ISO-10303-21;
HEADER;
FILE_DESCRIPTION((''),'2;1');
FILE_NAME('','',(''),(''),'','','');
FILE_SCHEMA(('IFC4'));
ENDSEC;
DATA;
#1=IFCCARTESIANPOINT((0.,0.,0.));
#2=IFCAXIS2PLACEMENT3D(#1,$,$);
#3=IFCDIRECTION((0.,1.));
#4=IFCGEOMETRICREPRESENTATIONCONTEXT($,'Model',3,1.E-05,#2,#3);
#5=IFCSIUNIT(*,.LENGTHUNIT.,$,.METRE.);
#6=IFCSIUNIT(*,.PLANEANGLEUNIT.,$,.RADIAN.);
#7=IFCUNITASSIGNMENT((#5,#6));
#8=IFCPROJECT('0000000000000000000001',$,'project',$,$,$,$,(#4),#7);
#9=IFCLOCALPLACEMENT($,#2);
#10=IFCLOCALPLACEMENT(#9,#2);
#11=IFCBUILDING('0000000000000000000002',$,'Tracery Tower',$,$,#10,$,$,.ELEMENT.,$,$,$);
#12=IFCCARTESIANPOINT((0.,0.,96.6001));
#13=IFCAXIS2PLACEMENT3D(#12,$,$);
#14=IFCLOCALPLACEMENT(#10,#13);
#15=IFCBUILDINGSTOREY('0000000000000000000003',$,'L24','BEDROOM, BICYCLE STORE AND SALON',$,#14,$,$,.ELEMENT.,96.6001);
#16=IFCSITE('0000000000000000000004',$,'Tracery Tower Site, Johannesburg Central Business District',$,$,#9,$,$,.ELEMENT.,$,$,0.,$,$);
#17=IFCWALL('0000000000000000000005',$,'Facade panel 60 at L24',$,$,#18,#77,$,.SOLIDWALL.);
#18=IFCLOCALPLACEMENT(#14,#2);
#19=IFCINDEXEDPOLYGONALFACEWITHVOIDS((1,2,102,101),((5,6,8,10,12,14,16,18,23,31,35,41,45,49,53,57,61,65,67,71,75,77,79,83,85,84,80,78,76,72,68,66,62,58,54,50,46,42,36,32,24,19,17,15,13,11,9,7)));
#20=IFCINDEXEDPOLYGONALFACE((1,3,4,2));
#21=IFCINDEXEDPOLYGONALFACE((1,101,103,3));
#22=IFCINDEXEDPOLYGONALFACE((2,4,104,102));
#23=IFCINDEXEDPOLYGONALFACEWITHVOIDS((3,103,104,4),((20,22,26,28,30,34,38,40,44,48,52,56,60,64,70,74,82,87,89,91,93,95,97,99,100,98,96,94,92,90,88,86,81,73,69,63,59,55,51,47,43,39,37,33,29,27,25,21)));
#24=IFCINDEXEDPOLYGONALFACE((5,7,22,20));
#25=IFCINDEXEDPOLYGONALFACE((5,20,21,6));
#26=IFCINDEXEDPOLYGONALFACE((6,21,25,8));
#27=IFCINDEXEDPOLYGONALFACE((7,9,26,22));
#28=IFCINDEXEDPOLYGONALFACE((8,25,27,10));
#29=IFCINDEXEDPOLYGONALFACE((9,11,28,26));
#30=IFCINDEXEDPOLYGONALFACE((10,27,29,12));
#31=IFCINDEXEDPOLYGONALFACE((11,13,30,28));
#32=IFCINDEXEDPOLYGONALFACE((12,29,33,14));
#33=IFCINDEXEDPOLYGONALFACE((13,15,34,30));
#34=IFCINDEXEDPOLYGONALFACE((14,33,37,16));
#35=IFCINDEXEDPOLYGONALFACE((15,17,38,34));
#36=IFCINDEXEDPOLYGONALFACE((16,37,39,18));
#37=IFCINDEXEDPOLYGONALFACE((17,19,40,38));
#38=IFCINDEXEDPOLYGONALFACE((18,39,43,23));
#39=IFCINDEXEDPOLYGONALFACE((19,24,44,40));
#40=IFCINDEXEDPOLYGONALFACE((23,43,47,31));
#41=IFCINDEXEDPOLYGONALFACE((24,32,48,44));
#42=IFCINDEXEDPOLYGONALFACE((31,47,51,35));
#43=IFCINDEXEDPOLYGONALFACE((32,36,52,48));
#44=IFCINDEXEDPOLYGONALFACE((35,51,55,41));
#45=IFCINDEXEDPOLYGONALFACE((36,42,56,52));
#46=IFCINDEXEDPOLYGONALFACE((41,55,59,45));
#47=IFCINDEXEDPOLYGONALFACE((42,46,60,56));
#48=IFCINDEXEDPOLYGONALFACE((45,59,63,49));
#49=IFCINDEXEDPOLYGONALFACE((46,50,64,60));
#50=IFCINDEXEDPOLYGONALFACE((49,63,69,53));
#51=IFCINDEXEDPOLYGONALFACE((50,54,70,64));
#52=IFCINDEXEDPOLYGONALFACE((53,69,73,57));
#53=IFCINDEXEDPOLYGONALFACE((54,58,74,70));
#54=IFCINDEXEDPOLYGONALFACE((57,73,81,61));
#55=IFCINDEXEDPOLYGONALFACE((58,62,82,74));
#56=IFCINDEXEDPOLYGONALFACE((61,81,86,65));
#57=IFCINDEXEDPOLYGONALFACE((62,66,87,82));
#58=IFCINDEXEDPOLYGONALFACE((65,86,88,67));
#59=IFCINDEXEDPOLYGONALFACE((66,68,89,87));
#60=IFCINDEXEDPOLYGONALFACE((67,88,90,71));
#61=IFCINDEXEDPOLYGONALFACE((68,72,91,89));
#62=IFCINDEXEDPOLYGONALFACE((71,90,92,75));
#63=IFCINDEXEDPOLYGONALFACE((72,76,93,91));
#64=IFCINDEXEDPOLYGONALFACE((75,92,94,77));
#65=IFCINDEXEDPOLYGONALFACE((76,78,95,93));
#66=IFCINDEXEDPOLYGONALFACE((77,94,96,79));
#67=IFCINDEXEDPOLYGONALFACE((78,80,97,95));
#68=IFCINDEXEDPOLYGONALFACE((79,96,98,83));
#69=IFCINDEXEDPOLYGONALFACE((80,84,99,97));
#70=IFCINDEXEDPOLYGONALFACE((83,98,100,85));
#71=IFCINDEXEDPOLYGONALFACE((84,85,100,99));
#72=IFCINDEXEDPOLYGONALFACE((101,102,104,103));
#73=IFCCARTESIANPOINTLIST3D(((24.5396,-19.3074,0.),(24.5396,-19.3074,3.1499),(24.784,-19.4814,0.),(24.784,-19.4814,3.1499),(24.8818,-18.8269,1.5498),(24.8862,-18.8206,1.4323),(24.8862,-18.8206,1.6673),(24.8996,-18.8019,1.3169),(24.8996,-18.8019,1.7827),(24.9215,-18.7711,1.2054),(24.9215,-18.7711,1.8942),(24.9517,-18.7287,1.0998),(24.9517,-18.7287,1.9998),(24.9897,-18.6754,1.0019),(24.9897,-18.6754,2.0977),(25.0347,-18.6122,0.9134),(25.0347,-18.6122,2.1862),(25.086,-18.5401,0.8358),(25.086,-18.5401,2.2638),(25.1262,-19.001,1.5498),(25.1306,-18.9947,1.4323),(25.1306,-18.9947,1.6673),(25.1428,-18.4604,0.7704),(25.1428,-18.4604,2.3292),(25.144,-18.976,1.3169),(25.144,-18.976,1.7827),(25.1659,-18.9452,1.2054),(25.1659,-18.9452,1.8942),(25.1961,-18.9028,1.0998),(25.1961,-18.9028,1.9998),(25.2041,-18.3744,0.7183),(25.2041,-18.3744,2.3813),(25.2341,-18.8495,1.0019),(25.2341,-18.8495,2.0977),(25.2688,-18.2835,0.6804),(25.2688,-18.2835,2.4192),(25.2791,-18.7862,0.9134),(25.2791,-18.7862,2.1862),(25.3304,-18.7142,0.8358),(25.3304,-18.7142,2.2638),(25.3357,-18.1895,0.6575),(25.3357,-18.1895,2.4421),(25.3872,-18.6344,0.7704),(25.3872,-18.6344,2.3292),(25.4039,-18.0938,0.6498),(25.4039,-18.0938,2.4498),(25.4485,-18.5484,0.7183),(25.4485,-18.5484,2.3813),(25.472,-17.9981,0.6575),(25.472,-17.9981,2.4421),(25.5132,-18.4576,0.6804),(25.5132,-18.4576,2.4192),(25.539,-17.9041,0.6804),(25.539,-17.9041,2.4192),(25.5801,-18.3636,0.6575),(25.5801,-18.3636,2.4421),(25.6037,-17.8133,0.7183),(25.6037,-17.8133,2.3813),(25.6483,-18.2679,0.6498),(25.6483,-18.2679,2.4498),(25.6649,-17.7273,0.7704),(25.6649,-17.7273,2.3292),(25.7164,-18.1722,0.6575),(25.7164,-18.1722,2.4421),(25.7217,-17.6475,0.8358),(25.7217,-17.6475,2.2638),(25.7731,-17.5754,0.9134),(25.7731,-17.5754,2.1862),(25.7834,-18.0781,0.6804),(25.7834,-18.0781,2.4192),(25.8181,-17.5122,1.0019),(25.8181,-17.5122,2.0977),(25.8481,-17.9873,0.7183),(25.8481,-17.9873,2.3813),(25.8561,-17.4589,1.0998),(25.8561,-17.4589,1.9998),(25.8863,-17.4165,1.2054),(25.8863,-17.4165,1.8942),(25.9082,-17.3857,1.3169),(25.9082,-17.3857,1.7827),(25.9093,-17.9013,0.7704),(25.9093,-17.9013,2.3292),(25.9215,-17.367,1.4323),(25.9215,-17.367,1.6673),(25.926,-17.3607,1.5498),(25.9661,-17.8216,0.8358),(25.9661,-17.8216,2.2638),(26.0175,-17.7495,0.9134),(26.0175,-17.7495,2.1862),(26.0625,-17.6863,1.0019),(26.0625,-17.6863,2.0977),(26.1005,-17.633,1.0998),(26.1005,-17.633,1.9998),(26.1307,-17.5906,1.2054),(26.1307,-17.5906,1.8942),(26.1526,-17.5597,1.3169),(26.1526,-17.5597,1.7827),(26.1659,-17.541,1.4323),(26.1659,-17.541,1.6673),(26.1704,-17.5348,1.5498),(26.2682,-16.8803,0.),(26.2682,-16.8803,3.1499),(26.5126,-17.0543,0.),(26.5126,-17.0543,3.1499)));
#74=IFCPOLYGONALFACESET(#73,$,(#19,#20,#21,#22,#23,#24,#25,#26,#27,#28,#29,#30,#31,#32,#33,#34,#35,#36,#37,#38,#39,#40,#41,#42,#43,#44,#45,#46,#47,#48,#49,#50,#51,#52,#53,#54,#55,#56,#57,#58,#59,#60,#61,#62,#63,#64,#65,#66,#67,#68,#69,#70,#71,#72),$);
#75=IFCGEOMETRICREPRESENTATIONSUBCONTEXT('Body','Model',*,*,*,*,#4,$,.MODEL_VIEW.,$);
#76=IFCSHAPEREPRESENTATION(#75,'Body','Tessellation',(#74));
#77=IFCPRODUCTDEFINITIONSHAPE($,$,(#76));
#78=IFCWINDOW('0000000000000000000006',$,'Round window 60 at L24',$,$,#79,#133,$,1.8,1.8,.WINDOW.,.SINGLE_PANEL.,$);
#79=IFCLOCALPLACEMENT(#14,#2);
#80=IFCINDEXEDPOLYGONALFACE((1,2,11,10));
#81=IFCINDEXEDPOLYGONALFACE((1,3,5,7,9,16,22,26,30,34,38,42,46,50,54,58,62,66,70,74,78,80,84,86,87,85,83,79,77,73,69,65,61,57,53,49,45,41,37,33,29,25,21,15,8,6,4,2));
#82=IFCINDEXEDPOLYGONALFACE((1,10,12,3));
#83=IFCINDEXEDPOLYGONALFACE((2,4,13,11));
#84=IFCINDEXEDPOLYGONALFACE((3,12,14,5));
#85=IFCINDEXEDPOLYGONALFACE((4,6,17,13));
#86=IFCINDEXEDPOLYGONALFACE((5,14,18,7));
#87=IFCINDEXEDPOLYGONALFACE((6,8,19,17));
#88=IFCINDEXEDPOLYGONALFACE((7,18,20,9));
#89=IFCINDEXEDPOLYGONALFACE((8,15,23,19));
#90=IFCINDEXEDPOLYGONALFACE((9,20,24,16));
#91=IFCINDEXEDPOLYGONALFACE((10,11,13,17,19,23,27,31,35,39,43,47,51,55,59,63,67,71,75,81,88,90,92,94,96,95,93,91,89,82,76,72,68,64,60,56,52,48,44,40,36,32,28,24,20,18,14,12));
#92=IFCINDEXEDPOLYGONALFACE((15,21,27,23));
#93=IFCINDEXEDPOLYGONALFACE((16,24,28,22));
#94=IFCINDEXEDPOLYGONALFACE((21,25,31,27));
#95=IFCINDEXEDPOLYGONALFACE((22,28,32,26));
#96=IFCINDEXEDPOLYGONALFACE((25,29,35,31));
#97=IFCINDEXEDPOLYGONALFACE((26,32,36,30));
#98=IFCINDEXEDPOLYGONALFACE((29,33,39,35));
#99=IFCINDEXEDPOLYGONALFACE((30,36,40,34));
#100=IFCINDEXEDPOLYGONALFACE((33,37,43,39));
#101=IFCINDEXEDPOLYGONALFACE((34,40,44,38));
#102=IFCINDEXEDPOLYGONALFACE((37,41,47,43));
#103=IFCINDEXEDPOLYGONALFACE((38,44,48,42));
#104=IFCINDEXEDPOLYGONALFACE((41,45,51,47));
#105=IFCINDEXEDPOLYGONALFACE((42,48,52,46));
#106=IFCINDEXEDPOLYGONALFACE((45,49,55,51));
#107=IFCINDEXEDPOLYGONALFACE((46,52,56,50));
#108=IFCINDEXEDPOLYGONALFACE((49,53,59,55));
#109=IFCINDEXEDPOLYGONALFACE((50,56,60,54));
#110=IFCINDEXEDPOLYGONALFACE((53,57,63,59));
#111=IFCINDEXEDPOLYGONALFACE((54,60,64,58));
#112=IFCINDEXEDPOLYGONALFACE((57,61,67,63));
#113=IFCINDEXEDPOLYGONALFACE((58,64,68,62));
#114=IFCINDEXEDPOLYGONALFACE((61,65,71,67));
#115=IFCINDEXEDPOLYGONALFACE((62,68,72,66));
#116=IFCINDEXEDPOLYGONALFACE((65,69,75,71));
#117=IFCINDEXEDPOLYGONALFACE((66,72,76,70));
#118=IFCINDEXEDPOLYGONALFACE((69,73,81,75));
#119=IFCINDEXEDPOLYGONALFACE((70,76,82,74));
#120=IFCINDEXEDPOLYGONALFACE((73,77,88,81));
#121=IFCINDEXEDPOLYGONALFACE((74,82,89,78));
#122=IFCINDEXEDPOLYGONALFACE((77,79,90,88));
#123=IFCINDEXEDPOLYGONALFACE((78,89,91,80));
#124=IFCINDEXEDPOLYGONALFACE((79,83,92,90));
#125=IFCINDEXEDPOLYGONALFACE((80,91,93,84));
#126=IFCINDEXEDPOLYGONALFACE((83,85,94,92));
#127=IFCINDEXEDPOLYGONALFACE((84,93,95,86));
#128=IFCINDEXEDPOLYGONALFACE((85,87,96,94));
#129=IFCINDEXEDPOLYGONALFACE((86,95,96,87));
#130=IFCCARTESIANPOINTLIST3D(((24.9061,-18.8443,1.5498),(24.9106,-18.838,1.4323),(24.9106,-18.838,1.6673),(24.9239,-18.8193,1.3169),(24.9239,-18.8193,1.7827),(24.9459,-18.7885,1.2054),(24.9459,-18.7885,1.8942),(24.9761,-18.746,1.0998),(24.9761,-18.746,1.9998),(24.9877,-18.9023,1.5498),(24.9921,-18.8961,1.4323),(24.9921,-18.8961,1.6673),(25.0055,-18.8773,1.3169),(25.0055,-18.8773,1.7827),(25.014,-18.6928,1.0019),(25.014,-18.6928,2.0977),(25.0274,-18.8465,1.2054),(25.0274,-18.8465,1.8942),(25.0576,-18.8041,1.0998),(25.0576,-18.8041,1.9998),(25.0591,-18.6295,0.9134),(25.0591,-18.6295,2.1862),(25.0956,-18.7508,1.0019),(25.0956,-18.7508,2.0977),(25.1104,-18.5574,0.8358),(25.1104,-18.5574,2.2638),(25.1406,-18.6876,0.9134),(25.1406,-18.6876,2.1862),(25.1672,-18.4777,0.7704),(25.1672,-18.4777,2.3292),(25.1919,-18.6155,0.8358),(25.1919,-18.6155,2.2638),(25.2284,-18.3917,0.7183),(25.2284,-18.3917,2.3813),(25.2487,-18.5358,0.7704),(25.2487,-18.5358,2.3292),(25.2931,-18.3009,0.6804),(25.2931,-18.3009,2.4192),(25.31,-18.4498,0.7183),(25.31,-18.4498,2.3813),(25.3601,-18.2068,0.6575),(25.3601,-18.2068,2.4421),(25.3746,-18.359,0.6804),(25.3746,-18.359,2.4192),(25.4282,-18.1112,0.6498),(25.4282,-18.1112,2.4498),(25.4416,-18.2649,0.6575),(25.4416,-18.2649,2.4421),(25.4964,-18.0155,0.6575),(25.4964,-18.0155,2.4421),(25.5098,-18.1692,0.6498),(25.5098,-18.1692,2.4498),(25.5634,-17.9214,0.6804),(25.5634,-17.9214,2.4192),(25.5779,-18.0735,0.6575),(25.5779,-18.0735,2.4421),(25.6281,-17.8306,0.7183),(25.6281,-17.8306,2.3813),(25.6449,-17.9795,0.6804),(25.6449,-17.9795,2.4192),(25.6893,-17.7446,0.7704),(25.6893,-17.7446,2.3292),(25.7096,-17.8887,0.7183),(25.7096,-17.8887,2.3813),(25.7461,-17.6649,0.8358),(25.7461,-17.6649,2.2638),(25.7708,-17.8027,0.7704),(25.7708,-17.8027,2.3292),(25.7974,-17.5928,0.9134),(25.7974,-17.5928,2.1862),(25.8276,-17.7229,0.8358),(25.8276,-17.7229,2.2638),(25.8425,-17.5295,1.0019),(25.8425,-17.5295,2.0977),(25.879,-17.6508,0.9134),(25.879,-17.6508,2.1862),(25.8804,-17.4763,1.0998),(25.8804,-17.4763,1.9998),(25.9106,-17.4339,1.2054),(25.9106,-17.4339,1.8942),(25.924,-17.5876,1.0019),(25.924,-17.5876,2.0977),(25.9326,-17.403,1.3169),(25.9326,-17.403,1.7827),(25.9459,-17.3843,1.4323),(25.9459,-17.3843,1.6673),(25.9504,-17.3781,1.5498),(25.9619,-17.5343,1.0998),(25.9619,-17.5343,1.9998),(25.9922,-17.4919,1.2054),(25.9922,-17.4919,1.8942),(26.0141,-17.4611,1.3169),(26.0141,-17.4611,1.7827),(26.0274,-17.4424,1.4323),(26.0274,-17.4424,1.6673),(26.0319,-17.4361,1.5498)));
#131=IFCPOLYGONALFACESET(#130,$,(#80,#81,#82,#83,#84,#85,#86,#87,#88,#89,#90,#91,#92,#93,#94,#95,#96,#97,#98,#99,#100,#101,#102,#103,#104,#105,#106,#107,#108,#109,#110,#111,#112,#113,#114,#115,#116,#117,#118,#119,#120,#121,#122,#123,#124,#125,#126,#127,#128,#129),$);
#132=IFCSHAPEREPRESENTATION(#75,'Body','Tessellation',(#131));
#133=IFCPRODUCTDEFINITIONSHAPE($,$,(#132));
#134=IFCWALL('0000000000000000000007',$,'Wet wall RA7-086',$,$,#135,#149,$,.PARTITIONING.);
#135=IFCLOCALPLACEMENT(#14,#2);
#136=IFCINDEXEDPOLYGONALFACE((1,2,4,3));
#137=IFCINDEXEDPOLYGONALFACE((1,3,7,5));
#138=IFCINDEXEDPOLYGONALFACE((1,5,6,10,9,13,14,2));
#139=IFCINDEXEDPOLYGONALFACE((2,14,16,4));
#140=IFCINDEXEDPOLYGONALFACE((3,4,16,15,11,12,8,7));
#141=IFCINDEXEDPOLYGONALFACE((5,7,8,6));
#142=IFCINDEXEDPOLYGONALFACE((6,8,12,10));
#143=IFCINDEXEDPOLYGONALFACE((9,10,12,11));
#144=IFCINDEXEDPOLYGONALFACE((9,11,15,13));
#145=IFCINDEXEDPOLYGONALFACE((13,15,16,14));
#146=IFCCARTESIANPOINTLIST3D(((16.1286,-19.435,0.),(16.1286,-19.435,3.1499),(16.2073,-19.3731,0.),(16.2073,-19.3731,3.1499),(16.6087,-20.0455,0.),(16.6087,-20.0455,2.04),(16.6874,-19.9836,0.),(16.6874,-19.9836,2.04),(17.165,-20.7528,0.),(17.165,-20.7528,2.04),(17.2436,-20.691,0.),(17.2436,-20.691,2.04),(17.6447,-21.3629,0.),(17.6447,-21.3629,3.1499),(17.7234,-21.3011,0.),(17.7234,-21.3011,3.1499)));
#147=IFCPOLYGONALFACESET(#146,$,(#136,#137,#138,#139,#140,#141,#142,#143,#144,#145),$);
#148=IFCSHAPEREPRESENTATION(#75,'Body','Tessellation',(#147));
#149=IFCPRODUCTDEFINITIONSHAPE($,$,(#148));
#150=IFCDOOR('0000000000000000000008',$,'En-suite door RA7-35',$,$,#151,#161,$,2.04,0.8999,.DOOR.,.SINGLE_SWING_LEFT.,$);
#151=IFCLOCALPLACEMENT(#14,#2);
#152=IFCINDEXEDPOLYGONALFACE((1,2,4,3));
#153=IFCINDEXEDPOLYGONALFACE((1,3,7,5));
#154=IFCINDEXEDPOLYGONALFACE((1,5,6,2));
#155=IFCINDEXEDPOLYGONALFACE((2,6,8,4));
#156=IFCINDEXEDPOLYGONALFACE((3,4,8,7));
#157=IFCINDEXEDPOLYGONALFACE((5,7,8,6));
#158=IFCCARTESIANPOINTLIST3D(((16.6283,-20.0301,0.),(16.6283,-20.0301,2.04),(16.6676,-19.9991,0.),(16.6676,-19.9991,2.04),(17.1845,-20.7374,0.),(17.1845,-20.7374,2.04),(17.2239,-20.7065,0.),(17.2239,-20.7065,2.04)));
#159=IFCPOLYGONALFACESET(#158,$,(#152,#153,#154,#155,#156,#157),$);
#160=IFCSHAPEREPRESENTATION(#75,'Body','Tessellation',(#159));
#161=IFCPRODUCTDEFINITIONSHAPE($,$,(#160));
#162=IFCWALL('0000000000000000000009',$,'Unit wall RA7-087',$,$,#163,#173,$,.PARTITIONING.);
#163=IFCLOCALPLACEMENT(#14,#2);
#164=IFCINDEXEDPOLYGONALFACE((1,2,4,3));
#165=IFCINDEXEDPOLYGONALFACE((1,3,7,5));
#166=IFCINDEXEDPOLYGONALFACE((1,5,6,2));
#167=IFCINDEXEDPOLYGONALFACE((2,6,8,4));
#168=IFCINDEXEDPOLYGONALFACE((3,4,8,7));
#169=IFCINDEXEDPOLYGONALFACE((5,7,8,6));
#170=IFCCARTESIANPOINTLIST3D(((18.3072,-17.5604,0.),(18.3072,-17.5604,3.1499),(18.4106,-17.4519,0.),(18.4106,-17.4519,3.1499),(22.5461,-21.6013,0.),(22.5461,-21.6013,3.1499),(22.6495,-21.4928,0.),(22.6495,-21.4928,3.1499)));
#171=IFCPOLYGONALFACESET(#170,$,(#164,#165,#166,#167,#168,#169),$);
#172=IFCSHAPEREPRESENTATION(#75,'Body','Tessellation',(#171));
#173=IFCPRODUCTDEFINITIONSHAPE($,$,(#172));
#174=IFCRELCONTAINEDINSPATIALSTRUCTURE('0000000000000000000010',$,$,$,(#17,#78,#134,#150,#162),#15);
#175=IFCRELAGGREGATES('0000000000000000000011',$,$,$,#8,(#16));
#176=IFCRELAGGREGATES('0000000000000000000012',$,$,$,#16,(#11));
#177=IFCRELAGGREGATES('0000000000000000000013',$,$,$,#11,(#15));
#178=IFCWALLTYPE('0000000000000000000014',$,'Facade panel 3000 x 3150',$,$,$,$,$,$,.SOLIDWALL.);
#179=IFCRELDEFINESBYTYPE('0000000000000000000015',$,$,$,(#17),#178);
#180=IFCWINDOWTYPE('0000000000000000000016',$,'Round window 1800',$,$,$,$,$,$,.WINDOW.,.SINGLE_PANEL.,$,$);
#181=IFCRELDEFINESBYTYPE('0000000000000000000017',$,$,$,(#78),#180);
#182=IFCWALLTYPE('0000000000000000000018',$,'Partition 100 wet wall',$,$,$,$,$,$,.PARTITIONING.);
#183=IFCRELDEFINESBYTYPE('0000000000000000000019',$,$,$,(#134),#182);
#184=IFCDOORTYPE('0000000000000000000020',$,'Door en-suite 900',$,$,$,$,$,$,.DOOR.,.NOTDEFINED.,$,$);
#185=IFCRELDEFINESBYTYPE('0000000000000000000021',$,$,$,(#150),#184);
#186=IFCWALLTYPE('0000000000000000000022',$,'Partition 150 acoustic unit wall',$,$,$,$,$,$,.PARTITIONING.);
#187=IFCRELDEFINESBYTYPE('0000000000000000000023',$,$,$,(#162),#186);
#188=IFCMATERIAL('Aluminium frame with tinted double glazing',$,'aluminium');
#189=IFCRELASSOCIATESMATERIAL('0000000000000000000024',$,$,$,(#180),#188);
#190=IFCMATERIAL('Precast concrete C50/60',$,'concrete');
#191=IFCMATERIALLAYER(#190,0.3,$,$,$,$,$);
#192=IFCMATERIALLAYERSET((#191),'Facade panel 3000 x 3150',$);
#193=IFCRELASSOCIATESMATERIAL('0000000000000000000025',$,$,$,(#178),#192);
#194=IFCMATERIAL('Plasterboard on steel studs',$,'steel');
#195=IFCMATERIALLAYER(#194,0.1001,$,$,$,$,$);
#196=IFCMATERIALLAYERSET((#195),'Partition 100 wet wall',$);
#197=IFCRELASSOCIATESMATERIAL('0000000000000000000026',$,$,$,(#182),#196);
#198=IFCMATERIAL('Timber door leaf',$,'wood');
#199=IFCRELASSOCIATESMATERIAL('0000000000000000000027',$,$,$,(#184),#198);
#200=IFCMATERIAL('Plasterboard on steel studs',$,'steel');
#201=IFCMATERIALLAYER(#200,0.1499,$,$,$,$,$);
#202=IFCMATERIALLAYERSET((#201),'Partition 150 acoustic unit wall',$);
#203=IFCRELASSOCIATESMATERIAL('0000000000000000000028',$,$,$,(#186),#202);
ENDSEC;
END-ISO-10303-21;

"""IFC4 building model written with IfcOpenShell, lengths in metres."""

from ifc_helpers import new_model, si_unit, direction, frame, frame_2d, origin, origin_2d, place, context, subcontext, project, spatial, rectangle, circle, extrude, material, layer, layer_set, type_object, element, fill, save


model = new_model("IFC4")

# Units and contexts
model_context = context("Model", 3, precision=1e-05, world=origin(), true_north=direction((0.0, 1.0)))
body_context = subcontext(model_context, "Body", "Model", "MODEL_VIEW")
ifc_project = project(units=[si_unit("LENGTHUNIT", "METRE"), si_unit("PLANEANGLEUNIT", "RADIAN")], contexts=[model_context])

# Site, building, storey
site_placement = place(None, origin())
site = spatial("IfcSite", under=ifc_project, at=site_placement, Name="Tracery Tower Site, Johannesburg Central Business District", CompositionType="ELEMENT", RefElevation=0.0)
building_placement = place(site_placement, origin())
building = spatial("IfcBuilding", under=site, at=building_placement, Name="Tracery Tower", CompositionType="ELEMENT")
storey_placement = place(building_placement, frame((0.0, 0.0, 96.6001)))
storey = spatial("IfcBuildingStorey", under=building, at=storey_placement, Name="L24", Description="BEDROOM, BICYCLE STORE AND SALON", CompositionType="ELEMENT", Elevation=96.6001)

# Wall, opening, window
ifc_material_1 = material(Name="Aluminium frame with tinted double glazing", Category="aluminium")
window_type = type_object("IfcWindowType", Name="Round window 1800", PartitioningType="SINGLE_PANEL", PredefinedType="WINDOW", material=ifc_material_1)
ifc_material_2 = material(Name="Precast concrete C50/60", Category="concrete")
ifc_layer_1 = layer(ifc_material_2, 0.3)
ifc_layer_set_1 = layer_set([ifc_layer_1], Name="Facade panel 3000 x 3150")
wall_type_1 = type_object("IfcWallType", Name="Facade panel 3000 x 3150", PredefinedType="SOLIDWALL", material=ifc_layer_set_1)
wall_1_placement = place(storey_placement, frame((24.6619, -19.3943, 0.0), z_axis=(0.0, 0.0, 1.0), x_axis=(0.580114, 0.814535, 0.0)))
wall_1 = element("IfcWall", 1, at=wall_1_placement, inside=storey, type_object=wall_type_1, Name="Facade panel 60 at L24", PredefinedType="SOLIDWALL", context=body_context, shape_type="SweptSolid", body=[
    extrude(rectangle(XDim=2.9797, YDim=0.3, at=frame_2d((1.4897, 0.0))), origin(), (0.0, 0.0, 1.0), 3.1499),
])
opening_1_placement = place(wall_1_placement, frame((1.4897, 0.0, 1.5498)))
opening_1 = element("IfcOpeningElement", 2, at=opening_1_placement, cuts=wall_1, PredefinedType="OPENING", context=body_context, shape_type="SweptSolid", body=[
    extrude(circle(Radius=0.9, at=origin_2d()), frame((0.0, 0.1599, 0.0), z_axis=(0.0, -1.0, 0.0), x_axis=(1.0, 0.0, 0.0)), (0.0, 0.0, 1.0), 0.3201),
])
window_1_placement = place(opening_1_placement, origin())
window_1 = element("IfcWindow", 3, at=window_1_placement, inside=storey, type_object=window_type, Name="Round window 60 at L24", OverallHeight=1.8, OverallWidth=1.8, PartitioningType="SINGLE_PANEL", PredefinedType="WINDOW", context=body_context, shape_type="SweptSolid", body=[
    extrude(circle(Radius=0.9, at=origin_2d()), frame((0.0, 0.1201, 0.0), z_axis=(0.0, -1.0, 0.0), x_axis=(1.0, 0.0, 0.0)), (0.0, 0.0, 1.0), 0.1001),
])
fill(opening_1, window_1)

# Wall, opening, door
ifc_material_3 = material(Name="Plasterboard on steel studs", Category="steel")
ifc_layer_2 = layer(ifc_material_3, 0.1001)
ifc_layer_set_2 = layer_set([ifc_layer_2], Name="Partition 100 wet wall")
wall_type_2 = type_object("IfcWallType", Name="Partition 100 wet wall", PredefinedType="PARTITIONING", material=ifc_layer_set_2)
wall_2_placement = place(storey_placement, frame((16.168, -19.4041, 0.0), z_axis=(0.0, 0.0, 1.0), x_axis=(0.618142, -0.786066, 0.0)))
wall_2 = element("IfcWall", 4, at=wall_2_placement, inside=storey, type_object=wall_type_2, Name="Wet wall RA7-086", PredefinedType="PARTITIONING", context=body_context, shape_type="SweptSolid", body=[
    extrude(rectangle(XDim=2.4526, YDim=0.1001, at=frame_2d((1.2263, 0.0))), origin(), (0.0, 0.0, 1.0), 3.1499),
])
opening_2_placement = place(wall_2_placement, frame((0.7766, 0.0, 0.0)))
opening_2 = element("IfcOpeningElement", 5, at=opening_2_placement, cuts=wall_2, PredefinedType="OPENING", context=body_context, shape_type="SweptSolid", body=[
    extrude(rectangle(XDim=0.8999, YDim=2.04, at=frame_2d((0.45, 1.02))), frame((0.0, 0.05, 0.0), z_axis=(0.0, -1.0, 0.0), x_axis=(1.0, 0.0, 0.0)), (0.0, 0.0, 1.0), 0.1001),
])
ifc_material_4 = material(Name="Timber door leaf", Category="wood")
door_type = type_object("IfcDoorType", Name="Door en-suite 900", OperationType="NOTDEFINED", PredefinedType="DOOR", material=ifc_material_4)
door_placement = place(opening_2_placement, origin())
door = element("IfcDoor", 6, at=door_placement, inside=storey, type_object=door_type, Name="En-suite door RA7-35", OperationType="SINGLE_SWING_LEFT", OverallHeight=2.04, OverallWidth=0.8999, PredefinedType="DOOR", context=body_context, shape_type="SweptSolid", body=[
    extrude(rectangle(XDim=0.8999, YDim=2.04, at=frame_2d((0.45, 1.02))), frame((0.0, 0.0249, 0.0), z_axis=(0.0, -1.0, 0.0), x_axis=(1.0, 0.0, 0.0)), (0.0, 0.0, 1.0), 0.05),
])
fill(opening_2, door)

# Wall
ifc_material_5 = material(Name="Plasterboard on steel studs", Category="steel")
ifc_layer_3 = layer(ifc_material_5, 0.1499)
ifc_layer_set_3 = layer_set([ifc_layer_3], Name="Partition 150 acoustic unit wall")
wall_type_3 = type_object("IfcWallType", Name="Partition 150 acoustic unit wall", PredefinedType="PARTITIONING", material=ifc_layer_set_3)
wall_3_placement = place(storey_placement, frame((18.3589, -17.5061, 0.0), z_axis=(0.0, 0.0, 1.0), x_axis=(0.723809, -0.690001, 0.0)))
element("IfcWall", 7, at=wall_3_placement, inside=storey, type_object=wall_type_3, Name="Unit wall RA7-087", PredefinedType="PARTITIONING", context=body_context, shape_type="SweptSolid", body=[
    extrude(rectangle(XDim=5.8564, YDim=0.1499, at=frame_2d((2.9282, 0.0))), origin(), (0.0, 0.0, 1.0), 3.1499),
])

save(model, "model.ifc")
